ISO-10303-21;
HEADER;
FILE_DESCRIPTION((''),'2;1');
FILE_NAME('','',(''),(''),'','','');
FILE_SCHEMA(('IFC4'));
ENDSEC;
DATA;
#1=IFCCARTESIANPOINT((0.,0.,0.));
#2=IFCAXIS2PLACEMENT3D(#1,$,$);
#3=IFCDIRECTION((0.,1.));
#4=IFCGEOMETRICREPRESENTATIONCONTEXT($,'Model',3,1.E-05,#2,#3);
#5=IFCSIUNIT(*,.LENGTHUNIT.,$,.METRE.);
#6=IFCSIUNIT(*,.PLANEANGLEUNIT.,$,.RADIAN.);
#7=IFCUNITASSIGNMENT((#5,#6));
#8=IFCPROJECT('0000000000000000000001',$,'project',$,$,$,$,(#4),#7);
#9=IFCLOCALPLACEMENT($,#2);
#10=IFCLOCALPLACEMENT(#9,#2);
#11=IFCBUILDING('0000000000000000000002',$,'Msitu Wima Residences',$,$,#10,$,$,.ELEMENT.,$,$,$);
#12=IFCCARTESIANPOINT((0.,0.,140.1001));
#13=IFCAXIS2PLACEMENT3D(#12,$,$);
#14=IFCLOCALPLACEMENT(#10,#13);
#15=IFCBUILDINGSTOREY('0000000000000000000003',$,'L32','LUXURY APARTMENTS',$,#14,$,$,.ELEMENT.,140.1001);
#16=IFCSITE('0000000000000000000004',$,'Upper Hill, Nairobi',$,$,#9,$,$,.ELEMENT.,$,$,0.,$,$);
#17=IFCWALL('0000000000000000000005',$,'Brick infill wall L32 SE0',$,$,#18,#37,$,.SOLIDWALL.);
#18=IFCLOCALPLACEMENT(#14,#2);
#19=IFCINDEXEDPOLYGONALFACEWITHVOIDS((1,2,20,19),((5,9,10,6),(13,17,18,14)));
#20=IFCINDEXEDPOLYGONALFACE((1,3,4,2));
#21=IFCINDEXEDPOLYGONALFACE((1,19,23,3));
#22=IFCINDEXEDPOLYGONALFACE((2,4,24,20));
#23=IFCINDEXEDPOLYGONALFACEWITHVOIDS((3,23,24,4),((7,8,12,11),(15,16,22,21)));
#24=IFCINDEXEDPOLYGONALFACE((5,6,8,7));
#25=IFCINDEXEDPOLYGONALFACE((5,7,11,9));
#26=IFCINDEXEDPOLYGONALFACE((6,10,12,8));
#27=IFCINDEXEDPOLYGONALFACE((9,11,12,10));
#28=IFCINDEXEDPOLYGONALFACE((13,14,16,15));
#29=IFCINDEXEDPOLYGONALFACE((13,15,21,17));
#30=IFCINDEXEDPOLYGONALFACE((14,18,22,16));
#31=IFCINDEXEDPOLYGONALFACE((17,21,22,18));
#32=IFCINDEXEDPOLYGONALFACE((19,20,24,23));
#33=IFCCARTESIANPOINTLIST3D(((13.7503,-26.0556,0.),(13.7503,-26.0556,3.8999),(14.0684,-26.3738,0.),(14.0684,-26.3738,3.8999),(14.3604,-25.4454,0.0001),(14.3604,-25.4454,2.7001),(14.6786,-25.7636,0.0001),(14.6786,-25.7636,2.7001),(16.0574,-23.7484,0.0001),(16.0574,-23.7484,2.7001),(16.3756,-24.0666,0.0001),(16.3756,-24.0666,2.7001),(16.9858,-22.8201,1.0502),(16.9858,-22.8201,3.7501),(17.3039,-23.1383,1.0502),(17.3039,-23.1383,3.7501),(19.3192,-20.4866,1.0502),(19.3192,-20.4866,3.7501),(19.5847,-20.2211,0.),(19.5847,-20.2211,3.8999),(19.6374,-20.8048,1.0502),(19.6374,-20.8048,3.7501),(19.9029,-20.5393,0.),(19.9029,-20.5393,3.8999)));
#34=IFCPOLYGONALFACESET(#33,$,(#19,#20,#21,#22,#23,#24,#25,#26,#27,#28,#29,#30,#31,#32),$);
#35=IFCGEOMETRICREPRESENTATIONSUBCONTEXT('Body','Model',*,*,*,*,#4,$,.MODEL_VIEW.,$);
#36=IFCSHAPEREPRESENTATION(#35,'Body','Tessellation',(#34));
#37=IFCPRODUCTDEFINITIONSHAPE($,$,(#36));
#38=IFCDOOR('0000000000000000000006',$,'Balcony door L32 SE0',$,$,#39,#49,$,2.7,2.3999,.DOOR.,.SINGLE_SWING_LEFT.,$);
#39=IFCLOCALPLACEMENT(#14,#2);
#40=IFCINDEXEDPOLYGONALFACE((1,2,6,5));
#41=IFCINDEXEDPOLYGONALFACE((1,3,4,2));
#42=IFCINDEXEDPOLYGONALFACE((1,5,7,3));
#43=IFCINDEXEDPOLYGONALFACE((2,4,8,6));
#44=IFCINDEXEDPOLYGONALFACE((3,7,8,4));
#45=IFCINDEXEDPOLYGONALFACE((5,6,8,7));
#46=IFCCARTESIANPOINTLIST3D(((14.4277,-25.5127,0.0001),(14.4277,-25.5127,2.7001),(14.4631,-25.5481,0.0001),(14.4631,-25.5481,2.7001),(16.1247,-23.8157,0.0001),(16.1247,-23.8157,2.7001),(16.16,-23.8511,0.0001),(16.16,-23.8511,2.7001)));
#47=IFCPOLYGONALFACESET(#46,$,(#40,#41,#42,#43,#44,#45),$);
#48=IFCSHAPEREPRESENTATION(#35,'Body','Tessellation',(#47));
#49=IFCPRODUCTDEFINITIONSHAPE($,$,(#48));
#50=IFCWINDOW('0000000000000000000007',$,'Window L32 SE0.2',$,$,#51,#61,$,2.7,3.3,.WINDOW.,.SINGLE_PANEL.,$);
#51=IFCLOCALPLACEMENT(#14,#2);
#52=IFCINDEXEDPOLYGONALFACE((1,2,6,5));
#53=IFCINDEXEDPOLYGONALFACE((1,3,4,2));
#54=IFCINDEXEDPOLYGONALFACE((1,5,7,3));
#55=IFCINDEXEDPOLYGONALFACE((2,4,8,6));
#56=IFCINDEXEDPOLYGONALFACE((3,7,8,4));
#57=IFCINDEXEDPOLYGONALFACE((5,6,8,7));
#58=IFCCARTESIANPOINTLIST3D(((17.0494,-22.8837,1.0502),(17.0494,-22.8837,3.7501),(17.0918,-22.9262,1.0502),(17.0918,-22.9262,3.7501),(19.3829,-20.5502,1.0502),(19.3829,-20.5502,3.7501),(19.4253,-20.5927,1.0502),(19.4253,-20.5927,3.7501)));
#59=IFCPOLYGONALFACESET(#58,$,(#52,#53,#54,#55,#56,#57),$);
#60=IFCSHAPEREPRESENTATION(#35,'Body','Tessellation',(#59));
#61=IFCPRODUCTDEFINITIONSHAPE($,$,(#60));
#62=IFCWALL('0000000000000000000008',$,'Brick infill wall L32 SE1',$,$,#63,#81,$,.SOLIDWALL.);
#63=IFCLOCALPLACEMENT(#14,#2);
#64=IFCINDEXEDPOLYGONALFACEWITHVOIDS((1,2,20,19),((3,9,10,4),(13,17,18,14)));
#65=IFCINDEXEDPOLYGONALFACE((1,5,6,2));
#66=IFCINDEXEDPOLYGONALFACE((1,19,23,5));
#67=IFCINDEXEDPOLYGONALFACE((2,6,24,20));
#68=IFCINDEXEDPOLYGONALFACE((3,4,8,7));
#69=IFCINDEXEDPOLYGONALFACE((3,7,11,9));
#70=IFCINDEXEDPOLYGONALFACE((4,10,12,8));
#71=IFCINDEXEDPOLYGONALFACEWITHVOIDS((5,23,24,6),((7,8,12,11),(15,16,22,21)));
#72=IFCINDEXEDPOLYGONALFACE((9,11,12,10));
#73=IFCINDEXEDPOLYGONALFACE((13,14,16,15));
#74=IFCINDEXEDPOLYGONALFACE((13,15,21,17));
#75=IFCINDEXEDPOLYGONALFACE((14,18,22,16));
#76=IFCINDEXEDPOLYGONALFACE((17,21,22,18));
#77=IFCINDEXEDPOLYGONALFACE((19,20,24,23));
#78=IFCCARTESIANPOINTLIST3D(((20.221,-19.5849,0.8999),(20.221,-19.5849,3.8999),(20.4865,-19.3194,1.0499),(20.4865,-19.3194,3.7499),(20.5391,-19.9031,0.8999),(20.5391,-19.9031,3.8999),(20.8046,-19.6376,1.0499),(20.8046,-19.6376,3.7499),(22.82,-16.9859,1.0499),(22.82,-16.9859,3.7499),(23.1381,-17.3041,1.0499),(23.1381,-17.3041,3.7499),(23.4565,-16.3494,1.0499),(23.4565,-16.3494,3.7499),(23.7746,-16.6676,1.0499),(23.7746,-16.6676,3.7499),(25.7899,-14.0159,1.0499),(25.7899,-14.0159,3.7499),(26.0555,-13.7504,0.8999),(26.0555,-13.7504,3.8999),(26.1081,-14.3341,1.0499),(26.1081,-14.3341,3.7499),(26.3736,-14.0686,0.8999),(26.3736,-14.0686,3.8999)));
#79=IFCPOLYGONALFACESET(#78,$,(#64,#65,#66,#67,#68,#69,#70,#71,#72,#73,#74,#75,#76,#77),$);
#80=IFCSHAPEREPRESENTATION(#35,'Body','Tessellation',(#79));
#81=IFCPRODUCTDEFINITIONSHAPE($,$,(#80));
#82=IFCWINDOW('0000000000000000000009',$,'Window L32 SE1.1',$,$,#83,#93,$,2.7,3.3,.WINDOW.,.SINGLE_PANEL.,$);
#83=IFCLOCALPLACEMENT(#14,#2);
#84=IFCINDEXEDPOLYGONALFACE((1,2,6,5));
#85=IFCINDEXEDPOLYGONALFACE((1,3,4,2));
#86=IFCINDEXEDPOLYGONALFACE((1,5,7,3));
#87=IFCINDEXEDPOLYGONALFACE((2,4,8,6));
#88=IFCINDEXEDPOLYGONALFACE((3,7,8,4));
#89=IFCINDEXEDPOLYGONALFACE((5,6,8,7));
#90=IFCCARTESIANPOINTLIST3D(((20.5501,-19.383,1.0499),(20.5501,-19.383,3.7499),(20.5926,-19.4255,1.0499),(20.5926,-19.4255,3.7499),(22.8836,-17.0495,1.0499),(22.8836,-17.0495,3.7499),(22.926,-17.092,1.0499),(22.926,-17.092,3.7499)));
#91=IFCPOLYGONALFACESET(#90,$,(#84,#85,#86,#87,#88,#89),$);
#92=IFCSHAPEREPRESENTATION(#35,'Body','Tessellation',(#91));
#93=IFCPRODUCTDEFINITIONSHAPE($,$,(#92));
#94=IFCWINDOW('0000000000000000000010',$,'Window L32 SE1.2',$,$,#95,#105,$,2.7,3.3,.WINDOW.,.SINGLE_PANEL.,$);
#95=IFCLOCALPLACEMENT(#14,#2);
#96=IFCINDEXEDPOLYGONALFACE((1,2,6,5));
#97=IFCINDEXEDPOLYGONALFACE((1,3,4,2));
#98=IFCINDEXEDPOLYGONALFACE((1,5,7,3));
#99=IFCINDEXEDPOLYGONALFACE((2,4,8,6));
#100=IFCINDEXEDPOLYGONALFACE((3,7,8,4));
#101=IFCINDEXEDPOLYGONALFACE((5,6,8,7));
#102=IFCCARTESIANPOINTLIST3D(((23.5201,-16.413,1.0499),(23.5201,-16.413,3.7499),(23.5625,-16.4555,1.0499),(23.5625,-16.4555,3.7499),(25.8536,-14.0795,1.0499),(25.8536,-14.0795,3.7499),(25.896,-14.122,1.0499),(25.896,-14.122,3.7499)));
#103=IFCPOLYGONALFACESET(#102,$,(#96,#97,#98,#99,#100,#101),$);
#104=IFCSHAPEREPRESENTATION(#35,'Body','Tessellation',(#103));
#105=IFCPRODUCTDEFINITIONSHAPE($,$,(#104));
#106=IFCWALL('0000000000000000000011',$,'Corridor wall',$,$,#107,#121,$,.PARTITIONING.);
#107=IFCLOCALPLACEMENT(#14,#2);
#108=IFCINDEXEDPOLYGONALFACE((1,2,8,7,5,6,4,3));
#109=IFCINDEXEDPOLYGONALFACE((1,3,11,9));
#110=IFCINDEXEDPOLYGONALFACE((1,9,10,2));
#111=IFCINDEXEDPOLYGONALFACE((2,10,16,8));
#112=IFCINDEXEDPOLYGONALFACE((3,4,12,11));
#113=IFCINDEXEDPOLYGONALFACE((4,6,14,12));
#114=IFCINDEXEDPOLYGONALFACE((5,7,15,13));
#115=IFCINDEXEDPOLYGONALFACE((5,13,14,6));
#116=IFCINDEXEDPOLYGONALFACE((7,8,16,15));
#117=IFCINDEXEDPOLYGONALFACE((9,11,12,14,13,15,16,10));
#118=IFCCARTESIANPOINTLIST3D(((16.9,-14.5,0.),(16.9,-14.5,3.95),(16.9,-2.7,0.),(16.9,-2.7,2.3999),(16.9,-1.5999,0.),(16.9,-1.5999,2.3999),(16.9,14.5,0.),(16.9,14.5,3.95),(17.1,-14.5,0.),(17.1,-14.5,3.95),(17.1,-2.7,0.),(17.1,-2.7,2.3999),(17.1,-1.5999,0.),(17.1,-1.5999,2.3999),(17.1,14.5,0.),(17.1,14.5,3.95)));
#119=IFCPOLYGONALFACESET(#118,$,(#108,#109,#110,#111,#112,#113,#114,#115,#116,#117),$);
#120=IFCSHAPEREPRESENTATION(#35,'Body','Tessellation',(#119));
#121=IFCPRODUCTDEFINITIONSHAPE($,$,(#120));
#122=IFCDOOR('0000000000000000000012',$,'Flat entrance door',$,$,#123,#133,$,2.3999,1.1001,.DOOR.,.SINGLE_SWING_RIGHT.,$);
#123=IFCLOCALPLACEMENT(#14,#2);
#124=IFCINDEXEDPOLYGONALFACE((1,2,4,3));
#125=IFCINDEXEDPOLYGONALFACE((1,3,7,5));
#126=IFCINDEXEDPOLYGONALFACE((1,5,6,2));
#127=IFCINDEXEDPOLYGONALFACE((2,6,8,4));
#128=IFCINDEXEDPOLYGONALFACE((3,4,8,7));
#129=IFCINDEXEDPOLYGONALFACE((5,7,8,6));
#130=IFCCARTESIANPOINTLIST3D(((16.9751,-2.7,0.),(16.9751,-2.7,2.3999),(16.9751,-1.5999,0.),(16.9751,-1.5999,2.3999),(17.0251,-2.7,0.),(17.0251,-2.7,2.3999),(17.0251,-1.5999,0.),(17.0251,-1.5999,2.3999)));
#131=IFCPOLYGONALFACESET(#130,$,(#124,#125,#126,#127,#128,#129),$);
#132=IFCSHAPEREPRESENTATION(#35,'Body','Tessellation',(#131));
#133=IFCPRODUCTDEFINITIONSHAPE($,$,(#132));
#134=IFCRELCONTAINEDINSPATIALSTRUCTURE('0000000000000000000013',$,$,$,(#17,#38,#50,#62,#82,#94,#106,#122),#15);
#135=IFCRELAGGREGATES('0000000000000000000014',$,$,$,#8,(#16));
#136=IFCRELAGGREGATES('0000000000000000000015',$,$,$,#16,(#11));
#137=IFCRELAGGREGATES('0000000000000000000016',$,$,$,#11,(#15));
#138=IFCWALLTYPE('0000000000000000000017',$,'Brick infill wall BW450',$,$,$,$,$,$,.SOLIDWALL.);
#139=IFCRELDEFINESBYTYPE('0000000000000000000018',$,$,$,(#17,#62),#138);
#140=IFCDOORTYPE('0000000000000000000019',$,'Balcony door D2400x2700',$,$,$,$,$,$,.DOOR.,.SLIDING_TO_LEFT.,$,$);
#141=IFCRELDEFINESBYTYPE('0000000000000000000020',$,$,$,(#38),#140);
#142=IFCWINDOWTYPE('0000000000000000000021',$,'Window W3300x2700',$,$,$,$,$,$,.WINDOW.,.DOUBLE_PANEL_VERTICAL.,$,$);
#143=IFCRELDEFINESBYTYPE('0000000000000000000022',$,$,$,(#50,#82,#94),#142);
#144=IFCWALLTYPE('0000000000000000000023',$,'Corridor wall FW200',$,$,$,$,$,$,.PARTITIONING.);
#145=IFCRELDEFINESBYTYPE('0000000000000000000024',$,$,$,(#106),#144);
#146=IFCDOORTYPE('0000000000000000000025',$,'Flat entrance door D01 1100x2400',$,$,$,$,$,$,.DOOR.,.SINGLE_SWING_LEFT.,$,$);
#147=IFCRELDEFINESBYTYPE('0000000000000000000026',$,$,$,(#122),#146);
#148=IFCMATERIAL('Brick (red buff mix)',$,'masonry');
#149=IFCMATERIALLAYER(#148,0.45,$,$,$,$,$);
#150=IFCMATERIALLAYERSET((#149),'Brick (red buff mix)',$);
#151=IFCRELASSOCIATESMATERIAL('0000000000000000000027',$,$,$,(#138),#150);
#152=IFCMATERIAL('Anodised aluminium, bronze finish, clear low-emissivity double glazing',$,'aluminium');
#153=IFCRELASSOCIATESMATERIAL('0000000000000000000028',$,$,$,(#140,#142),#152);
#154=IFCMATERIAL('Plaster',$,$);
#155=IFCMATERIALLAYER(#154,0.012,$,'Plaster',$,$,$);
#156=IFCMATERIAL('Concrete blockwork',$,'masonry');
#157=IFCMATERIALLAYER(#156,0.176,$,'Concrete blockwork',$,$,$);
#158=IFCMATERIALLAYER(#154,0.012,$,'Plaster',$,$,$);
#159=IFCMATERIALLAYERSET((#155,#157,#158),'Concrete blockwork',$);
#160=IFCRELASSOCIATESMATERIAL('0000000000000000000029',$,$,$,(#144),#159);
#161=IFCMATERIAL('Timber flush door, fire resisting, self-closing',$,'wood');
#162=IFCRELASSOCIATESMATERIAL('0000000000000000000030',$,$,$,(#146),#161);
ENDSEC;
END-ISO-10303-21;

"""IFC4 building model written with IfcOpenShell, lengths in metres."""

from ifc_helpers import new_model, si_unit, direction, frame, frame_2d, origin, place, context, subcontext, project, spatial, rectangle, extrude, material, layer, layer_set, type_object, element, fill, save


model = new_model("IFC4")

# Units and contexts
model_context = context("Model", 3, precision=1e-05, world=origin(), true_north=direction((0.0, 1.0)))
body_context = subcontext(model_context, "Body", "Model", "MODEL_VIEW")
ifc_project = project(units=[si_unit("LENGTHUNIT", "METRE"), si_unit("PLANEANGLEUNIT", "RADIAN")], contexts=[model_context])

# Site, building, storey
site_placement = place(None, origin())
site = spatial("IfcSite", under=ifc_project, at=site_placement, Name="Upper Hill, Nairobi", CompositionType="ELEMENT", RefElevation=0.0)
building_placement = place(site_placement, origin())
building = spatial("IfcBuilding", under=site, at=building_placement, Name="Msitu Wima Residences", CompositionType="ELEMENT")
storey_placement = place(building_placement, frame((0.0, 0.0, 140.1001)))
storey = spatial("IfcBuildingStorey", under=building, at=storey_placement, Name="L32", Description="LUXURY APARTMENTS", CompositionType="ELEMENT", Elevation=140.1001)

# Wall, openings, door, window
ifc_material_1 = material(Name="Brick (red buff mix)", Category="masonry")
ifc_layer_1 = layer(ifc_material_1, 0.45)
ifc_layer_set_1 = layer_set([ifc_layer_1], Name="Brick (red buff mix)")
wall_type_1 = type_object("IfcWallType", Name="Brick infill wall BW450", PredefinedType="SOLIDWALL", material=ifc_layer_set_1)
wall_1_placement = place(storey_placement, frame((13.9094, -26.2146, 0.0), z_axis=(0.0, 0.0, 1.0), x_axis=(0.707107, 0.707107, 0.0)))
wall_1 = element("IfcWall", 1, at=wall_1_placement, inside=storey, type_object=wall_type_1, Name="Brick infill wall L32 SE0", PredefinedType="SOLIDWALL", context=body_context, shape_type="SweptSolid", body=[
    extrude(rectangle(XDim=8.2512, YDim=0.45, at=frame_2d((4.1255, 0.0))), origin(), (0.0, 0.0, 1.0), 3.8999),
])
opening_1_placement = place(wall_1_placement, frame((0.8628, 0.0, 0.0)))
opening_1 = element("IfcOpeningElement", 2, at=opening_1_placement, cuts=wall_1, PredefinedType="OPENING", context=body_context, shape_type="SweptSolid", body=[
    extrude(rectangle(XDim=2.3999, YDim=2.7, at=frame_2d((1.2, 1.3501))), frame((0.0, 0.2349, 0.0), z_axis=(0.0, -1.0, 0.0), x_axis=(1.0, 0.0, 0.0)), (0.0, 0.0, 1.0), 0.47),
])
opening_2_placement = place(wall_1_placement, frame((4.5757, 0.0, 1.05)))
opening_2 = element("IfcOpeningElement", 3, at=opening_2_placement, cuts=wall_1, PredefinedType="OPENING", context=body_context, shape_type="SweptSolid", body=[
    extrude(rectangle(XDim=3.3, YDim=2.7, at=frame_2d((1.6499, 1.3501))), frame((0.0, 0.2349, 0.0), z_axis=(0.0, -1.0, 0.0), x_axis=(1.0, 0.0, 0.0)), (0.0, 0.0, 1.0), 0.47),
])
ifc_material_2 = material(Name="Anodised aluminium, bronze finish, clear low-emissivity double glazing", Category="aluminium")
door_type_1 = type_object("IfcDoorType", Name="Balcony door D2400x2700", OperationType="SLIDING_TO_LEFT", PredefinedType="DOOR", material=ifc_material_2)
door_1_placement = place(opening_1_placement, origin())
door_1 = element("IfcDoor", 4, at=door_1_placement, inside=storey, type_object=door_type_1, Name="Balcony door L32 SE0", OperationType="SINGLE_SWING_LEFT", OverallHeight=2.7, OverallWidth=2.3999, PredefinedType="DOOR", context=body_context, shape_type="SweptSolid", body=[
    extrude(rectangle(XDim=2.3999, YDim=2.7, at=frame_2d((1.2, 1.3501))), frame((0.0, 0.1299, 0.0), z_axis=(0.0, -1.0, 0.0), x_axis=(1.0, 0.0, 0.0)), (0.0, 0.0, 1.0), 0.05),
])
fill(opening_1, door_1)
window_type = type_object("IfcWindowType", Name="Window W3300x2700", PartitioningType="DOUBLE_PANEL_VERTICAL", PredefinedType="WINDOW", material=ifc_material_2)
window_1_placement = place(opening_2_placement, origin())
window_1 = element("IfcWindow", 5, at=window_1_placement, inside=storey, type_object=window_type, Name="Window L32 SE0.2", OverallHeight=2.7, OverallWidth=3.3, PartitioningType="SINGLE_PANEL", PredefinedType="WINDOW", context=body_context, shape_type="SweptSolid", body=[
    extrude(rectangle(XDim=3.3, YDim=2.7, at=frame_2d((1.6499, 1.3501))), frame((0.0, 0.135, 0.0), z_axis=(0.0, -1.0, 0.0), x_axis=(1.0, 0.0, 0.0)), (0.0, 0.0, 1.0), 0.0601),
])
fill(opening_2, window_1)

# Wall, openings, windows
wall_2_placement = place(storey_placement, frame((20.3801, -19.7439, 0.8999), z_axis=(0.0, 0.0, 1.0), x_axis=(0.707107, 0.707107, 0.0)))
wall_2 = element("IfcWall", 6, at=wall_2_placement, inside=storey, type_object=wall_type_1, Name="Brick infill wall L32 SE1", PredefinedType="SOLIDWALL", context=body_context, shape_type="SweptSolid", body=[
    extrude(rectangle(XDim=8.2512, YDim=0.45, at=frame_2d((4.1255, 0.0))), origin(), (0.0, 0.0, 1.0), 3.0),
])
opening_3_placement = place(wall_2_placement, frame((0.3755, 0.0, 0.1499)))
opening_3 = element("IfcOpeningElement", 7, at=opening_3_placement, cuts=wall_2, PredefinedType="OPENING", context=body_context, shape_type="SweptSolid", body=[
    extrude(rectangle(XDim=3.3, YDim=2.7, at=frame_2d((1.6499, 1.3501))), frame((0.0, 0.2349, 0.0), z_axis=(0.0, -1.0, 0.0), x_axis=(1.0, 0.0, 0.0)), (0.0, 0.0, 1.0), 0.47),
])
opening_4_placement = place(wall_2_placement, frame((4.5757, 0.0, 0.1499)))
opening_4 = element("IfcOpeningElement", 8, at=opening_4_placement, cuts=wall_2, PredefinedType="OPENING", context=body_context, shape_type="SweptSolid", body=[
    extrude(rectangle(XDim=3.3, YDim=2.7, at=frame_2d((1.6499, 1.3501))), frame((0.0, 0.2349, 0.0), z_axis=(0.0, -1.0, 0.0), x_axis=(1.0, 0.0, 0.0)), (0.0, 0.0, 1.0), 0.47),
])
window_2_placement = place(opening_3_placement, origin())
window_2 = element("IfcWindow", 9, at=window_2_placement, inside=storey, type_object=window_type, Name="Window L32 SE1.1", OverallHeight=2.7, OverallWidth=3.3, PartitioningType="SINGLE_PANEL", PredefinedType="WINDOW", context=body_context, shape_type="SweptSolid", body=[
    extrude(rectangle(XDim=3.3, YDim=2.7, at=frame_2d((1.6499, 1.3501))), frame((0.0, 0.135, 0.0), z_axis=(0.0, -1.0, 0.0), x_axis=(1.0, 0.0, 0.0)), (0.0, 0.0, 1.0), 0.0601),
])
fill(opening_3, window_2)
window_3_placement = place(opening_4_placement, origin())
window_3 = element("IfcWindow", 10, at=window_3_placement, inside=storey, type_object=window_type, Name="Window L32 SE1.2", OverallHeight=2.7, OverallWidth=3.3, PartitioningType="SINGLE_PANEL", PredefinedType="WINDOW", context=body_context, shape_type="SweptSolid", body=[
    extrude(rectangle(XDim=3.3, YDim=2.7, at=frame_2d((1.6499, 1.3501))), frame((0.0, 0.135, 0.0), z_axis=(0.0, -1.0, 0.0), x_axis=(1.0, 0.0, 0.0)), (0.0, 0.0, 1.0), 0.0601),
])
fill(opening_4, window_3)

# Wall, opening, door
ifc_material_3 = material(Name="Plaster")
ifc_layer_2 = layer(ifc_material_3, 0.012, Name="Plaster")
ifc_material_4 = material(Name="Concrete blockwork", Category="masonry")
ifc_layer_3 = layer(ifc_material_4, 0.176, Name="Concrete blockwork")
ifc_layer_4 = layer(ifc_material_3, 0.012, Name="Plaster")
ifc_layer_set_2 = layer_set([ifc_layer_2, ifc_layer_3, ifc_layer_4], Name="Concrete blockwork")
wall_type_2 = type_object("IfcWallType", Name="Corridor wall FW200", PredefinedType="PARTITIONING", material=ifc_layer_set_2)
wall_3_placement = place(storey_placement, frame((17.0, -14.5, 0.0), z_axis=(0.0, 0.0, 1.0), x_axis=(0.0, 1.0, 0.0)))
wall_3 = element("IfcWall", 11, at=wall_3_placement, inside=storey, type_object=wall_type_2, Name="Corridor wall", PredefinedType="PARTITIONING", context=body_context, shape_type="SweptSolid", body=[
    extrude(rectangle(XDim=29.0, YDim=0.2, at=frame_2d((14.5, 0.0))), origin(), (0.0, 0.0, 1.0), 3.95),
])
opening_5_placement = place(wall_3_placement, frame((11.8, 0.0, 0.0)))
opening_5 = element("IfcOpeningElement", 12, at=opening_5_placement, cuts=wall_3, PredefinedType="OPENING", context=body_context, shape_type="SweptSolid", body=[
    extrude(rectangle(XDim=1.1001, YDim=2.3999, at=frame_2d((0.55, 1.2))), frame((0.0, 0.1099, 0.0), z_axis=(0.0, -1.0, 0.0), x_axis=(1.0, 0.0, 0.0)), (0.0, 0.0, 1.0), 0.22),
])
ifc_material_5 = material(Name="Timber flush door, fire resisting, self-closing", Category="wood")
door_type_2 = type_object("IfcDoorType", Name="Flat entrance door D01 1100x2400", OperationType="SINGLE_SWING_LEFT", PredefinedType="DOOR", material=ifc_material_5)
door_2_placement = place(opening_5_placement, origin())
door_2 = element("IfcDoor", 13, at=door_2_placement, inside=storey, type_object=door_type_2, Name="Flat entrance door", OperationType="SINGLE_SWING_RIGHT", OverallHeight=2.3999, OverallWidth=1.1001, PredefinedType="DOOR", context=body_context, shape_type="SweptSolid", body=[
    extrude(rectangle(XDim=1.1001, YDim=2.3999, at=frame_2d((0.55, 1.2))), frame((0.0, 0.0249, 0.0), z_axis=(0.0, -1.0, 0.0), x_axis=(1.0, 0.0, 0.0)), (0.0, 0.0, 1.0), 0.05),
])
fill(opening_5, door_2)

save(model, "model.ifc")
